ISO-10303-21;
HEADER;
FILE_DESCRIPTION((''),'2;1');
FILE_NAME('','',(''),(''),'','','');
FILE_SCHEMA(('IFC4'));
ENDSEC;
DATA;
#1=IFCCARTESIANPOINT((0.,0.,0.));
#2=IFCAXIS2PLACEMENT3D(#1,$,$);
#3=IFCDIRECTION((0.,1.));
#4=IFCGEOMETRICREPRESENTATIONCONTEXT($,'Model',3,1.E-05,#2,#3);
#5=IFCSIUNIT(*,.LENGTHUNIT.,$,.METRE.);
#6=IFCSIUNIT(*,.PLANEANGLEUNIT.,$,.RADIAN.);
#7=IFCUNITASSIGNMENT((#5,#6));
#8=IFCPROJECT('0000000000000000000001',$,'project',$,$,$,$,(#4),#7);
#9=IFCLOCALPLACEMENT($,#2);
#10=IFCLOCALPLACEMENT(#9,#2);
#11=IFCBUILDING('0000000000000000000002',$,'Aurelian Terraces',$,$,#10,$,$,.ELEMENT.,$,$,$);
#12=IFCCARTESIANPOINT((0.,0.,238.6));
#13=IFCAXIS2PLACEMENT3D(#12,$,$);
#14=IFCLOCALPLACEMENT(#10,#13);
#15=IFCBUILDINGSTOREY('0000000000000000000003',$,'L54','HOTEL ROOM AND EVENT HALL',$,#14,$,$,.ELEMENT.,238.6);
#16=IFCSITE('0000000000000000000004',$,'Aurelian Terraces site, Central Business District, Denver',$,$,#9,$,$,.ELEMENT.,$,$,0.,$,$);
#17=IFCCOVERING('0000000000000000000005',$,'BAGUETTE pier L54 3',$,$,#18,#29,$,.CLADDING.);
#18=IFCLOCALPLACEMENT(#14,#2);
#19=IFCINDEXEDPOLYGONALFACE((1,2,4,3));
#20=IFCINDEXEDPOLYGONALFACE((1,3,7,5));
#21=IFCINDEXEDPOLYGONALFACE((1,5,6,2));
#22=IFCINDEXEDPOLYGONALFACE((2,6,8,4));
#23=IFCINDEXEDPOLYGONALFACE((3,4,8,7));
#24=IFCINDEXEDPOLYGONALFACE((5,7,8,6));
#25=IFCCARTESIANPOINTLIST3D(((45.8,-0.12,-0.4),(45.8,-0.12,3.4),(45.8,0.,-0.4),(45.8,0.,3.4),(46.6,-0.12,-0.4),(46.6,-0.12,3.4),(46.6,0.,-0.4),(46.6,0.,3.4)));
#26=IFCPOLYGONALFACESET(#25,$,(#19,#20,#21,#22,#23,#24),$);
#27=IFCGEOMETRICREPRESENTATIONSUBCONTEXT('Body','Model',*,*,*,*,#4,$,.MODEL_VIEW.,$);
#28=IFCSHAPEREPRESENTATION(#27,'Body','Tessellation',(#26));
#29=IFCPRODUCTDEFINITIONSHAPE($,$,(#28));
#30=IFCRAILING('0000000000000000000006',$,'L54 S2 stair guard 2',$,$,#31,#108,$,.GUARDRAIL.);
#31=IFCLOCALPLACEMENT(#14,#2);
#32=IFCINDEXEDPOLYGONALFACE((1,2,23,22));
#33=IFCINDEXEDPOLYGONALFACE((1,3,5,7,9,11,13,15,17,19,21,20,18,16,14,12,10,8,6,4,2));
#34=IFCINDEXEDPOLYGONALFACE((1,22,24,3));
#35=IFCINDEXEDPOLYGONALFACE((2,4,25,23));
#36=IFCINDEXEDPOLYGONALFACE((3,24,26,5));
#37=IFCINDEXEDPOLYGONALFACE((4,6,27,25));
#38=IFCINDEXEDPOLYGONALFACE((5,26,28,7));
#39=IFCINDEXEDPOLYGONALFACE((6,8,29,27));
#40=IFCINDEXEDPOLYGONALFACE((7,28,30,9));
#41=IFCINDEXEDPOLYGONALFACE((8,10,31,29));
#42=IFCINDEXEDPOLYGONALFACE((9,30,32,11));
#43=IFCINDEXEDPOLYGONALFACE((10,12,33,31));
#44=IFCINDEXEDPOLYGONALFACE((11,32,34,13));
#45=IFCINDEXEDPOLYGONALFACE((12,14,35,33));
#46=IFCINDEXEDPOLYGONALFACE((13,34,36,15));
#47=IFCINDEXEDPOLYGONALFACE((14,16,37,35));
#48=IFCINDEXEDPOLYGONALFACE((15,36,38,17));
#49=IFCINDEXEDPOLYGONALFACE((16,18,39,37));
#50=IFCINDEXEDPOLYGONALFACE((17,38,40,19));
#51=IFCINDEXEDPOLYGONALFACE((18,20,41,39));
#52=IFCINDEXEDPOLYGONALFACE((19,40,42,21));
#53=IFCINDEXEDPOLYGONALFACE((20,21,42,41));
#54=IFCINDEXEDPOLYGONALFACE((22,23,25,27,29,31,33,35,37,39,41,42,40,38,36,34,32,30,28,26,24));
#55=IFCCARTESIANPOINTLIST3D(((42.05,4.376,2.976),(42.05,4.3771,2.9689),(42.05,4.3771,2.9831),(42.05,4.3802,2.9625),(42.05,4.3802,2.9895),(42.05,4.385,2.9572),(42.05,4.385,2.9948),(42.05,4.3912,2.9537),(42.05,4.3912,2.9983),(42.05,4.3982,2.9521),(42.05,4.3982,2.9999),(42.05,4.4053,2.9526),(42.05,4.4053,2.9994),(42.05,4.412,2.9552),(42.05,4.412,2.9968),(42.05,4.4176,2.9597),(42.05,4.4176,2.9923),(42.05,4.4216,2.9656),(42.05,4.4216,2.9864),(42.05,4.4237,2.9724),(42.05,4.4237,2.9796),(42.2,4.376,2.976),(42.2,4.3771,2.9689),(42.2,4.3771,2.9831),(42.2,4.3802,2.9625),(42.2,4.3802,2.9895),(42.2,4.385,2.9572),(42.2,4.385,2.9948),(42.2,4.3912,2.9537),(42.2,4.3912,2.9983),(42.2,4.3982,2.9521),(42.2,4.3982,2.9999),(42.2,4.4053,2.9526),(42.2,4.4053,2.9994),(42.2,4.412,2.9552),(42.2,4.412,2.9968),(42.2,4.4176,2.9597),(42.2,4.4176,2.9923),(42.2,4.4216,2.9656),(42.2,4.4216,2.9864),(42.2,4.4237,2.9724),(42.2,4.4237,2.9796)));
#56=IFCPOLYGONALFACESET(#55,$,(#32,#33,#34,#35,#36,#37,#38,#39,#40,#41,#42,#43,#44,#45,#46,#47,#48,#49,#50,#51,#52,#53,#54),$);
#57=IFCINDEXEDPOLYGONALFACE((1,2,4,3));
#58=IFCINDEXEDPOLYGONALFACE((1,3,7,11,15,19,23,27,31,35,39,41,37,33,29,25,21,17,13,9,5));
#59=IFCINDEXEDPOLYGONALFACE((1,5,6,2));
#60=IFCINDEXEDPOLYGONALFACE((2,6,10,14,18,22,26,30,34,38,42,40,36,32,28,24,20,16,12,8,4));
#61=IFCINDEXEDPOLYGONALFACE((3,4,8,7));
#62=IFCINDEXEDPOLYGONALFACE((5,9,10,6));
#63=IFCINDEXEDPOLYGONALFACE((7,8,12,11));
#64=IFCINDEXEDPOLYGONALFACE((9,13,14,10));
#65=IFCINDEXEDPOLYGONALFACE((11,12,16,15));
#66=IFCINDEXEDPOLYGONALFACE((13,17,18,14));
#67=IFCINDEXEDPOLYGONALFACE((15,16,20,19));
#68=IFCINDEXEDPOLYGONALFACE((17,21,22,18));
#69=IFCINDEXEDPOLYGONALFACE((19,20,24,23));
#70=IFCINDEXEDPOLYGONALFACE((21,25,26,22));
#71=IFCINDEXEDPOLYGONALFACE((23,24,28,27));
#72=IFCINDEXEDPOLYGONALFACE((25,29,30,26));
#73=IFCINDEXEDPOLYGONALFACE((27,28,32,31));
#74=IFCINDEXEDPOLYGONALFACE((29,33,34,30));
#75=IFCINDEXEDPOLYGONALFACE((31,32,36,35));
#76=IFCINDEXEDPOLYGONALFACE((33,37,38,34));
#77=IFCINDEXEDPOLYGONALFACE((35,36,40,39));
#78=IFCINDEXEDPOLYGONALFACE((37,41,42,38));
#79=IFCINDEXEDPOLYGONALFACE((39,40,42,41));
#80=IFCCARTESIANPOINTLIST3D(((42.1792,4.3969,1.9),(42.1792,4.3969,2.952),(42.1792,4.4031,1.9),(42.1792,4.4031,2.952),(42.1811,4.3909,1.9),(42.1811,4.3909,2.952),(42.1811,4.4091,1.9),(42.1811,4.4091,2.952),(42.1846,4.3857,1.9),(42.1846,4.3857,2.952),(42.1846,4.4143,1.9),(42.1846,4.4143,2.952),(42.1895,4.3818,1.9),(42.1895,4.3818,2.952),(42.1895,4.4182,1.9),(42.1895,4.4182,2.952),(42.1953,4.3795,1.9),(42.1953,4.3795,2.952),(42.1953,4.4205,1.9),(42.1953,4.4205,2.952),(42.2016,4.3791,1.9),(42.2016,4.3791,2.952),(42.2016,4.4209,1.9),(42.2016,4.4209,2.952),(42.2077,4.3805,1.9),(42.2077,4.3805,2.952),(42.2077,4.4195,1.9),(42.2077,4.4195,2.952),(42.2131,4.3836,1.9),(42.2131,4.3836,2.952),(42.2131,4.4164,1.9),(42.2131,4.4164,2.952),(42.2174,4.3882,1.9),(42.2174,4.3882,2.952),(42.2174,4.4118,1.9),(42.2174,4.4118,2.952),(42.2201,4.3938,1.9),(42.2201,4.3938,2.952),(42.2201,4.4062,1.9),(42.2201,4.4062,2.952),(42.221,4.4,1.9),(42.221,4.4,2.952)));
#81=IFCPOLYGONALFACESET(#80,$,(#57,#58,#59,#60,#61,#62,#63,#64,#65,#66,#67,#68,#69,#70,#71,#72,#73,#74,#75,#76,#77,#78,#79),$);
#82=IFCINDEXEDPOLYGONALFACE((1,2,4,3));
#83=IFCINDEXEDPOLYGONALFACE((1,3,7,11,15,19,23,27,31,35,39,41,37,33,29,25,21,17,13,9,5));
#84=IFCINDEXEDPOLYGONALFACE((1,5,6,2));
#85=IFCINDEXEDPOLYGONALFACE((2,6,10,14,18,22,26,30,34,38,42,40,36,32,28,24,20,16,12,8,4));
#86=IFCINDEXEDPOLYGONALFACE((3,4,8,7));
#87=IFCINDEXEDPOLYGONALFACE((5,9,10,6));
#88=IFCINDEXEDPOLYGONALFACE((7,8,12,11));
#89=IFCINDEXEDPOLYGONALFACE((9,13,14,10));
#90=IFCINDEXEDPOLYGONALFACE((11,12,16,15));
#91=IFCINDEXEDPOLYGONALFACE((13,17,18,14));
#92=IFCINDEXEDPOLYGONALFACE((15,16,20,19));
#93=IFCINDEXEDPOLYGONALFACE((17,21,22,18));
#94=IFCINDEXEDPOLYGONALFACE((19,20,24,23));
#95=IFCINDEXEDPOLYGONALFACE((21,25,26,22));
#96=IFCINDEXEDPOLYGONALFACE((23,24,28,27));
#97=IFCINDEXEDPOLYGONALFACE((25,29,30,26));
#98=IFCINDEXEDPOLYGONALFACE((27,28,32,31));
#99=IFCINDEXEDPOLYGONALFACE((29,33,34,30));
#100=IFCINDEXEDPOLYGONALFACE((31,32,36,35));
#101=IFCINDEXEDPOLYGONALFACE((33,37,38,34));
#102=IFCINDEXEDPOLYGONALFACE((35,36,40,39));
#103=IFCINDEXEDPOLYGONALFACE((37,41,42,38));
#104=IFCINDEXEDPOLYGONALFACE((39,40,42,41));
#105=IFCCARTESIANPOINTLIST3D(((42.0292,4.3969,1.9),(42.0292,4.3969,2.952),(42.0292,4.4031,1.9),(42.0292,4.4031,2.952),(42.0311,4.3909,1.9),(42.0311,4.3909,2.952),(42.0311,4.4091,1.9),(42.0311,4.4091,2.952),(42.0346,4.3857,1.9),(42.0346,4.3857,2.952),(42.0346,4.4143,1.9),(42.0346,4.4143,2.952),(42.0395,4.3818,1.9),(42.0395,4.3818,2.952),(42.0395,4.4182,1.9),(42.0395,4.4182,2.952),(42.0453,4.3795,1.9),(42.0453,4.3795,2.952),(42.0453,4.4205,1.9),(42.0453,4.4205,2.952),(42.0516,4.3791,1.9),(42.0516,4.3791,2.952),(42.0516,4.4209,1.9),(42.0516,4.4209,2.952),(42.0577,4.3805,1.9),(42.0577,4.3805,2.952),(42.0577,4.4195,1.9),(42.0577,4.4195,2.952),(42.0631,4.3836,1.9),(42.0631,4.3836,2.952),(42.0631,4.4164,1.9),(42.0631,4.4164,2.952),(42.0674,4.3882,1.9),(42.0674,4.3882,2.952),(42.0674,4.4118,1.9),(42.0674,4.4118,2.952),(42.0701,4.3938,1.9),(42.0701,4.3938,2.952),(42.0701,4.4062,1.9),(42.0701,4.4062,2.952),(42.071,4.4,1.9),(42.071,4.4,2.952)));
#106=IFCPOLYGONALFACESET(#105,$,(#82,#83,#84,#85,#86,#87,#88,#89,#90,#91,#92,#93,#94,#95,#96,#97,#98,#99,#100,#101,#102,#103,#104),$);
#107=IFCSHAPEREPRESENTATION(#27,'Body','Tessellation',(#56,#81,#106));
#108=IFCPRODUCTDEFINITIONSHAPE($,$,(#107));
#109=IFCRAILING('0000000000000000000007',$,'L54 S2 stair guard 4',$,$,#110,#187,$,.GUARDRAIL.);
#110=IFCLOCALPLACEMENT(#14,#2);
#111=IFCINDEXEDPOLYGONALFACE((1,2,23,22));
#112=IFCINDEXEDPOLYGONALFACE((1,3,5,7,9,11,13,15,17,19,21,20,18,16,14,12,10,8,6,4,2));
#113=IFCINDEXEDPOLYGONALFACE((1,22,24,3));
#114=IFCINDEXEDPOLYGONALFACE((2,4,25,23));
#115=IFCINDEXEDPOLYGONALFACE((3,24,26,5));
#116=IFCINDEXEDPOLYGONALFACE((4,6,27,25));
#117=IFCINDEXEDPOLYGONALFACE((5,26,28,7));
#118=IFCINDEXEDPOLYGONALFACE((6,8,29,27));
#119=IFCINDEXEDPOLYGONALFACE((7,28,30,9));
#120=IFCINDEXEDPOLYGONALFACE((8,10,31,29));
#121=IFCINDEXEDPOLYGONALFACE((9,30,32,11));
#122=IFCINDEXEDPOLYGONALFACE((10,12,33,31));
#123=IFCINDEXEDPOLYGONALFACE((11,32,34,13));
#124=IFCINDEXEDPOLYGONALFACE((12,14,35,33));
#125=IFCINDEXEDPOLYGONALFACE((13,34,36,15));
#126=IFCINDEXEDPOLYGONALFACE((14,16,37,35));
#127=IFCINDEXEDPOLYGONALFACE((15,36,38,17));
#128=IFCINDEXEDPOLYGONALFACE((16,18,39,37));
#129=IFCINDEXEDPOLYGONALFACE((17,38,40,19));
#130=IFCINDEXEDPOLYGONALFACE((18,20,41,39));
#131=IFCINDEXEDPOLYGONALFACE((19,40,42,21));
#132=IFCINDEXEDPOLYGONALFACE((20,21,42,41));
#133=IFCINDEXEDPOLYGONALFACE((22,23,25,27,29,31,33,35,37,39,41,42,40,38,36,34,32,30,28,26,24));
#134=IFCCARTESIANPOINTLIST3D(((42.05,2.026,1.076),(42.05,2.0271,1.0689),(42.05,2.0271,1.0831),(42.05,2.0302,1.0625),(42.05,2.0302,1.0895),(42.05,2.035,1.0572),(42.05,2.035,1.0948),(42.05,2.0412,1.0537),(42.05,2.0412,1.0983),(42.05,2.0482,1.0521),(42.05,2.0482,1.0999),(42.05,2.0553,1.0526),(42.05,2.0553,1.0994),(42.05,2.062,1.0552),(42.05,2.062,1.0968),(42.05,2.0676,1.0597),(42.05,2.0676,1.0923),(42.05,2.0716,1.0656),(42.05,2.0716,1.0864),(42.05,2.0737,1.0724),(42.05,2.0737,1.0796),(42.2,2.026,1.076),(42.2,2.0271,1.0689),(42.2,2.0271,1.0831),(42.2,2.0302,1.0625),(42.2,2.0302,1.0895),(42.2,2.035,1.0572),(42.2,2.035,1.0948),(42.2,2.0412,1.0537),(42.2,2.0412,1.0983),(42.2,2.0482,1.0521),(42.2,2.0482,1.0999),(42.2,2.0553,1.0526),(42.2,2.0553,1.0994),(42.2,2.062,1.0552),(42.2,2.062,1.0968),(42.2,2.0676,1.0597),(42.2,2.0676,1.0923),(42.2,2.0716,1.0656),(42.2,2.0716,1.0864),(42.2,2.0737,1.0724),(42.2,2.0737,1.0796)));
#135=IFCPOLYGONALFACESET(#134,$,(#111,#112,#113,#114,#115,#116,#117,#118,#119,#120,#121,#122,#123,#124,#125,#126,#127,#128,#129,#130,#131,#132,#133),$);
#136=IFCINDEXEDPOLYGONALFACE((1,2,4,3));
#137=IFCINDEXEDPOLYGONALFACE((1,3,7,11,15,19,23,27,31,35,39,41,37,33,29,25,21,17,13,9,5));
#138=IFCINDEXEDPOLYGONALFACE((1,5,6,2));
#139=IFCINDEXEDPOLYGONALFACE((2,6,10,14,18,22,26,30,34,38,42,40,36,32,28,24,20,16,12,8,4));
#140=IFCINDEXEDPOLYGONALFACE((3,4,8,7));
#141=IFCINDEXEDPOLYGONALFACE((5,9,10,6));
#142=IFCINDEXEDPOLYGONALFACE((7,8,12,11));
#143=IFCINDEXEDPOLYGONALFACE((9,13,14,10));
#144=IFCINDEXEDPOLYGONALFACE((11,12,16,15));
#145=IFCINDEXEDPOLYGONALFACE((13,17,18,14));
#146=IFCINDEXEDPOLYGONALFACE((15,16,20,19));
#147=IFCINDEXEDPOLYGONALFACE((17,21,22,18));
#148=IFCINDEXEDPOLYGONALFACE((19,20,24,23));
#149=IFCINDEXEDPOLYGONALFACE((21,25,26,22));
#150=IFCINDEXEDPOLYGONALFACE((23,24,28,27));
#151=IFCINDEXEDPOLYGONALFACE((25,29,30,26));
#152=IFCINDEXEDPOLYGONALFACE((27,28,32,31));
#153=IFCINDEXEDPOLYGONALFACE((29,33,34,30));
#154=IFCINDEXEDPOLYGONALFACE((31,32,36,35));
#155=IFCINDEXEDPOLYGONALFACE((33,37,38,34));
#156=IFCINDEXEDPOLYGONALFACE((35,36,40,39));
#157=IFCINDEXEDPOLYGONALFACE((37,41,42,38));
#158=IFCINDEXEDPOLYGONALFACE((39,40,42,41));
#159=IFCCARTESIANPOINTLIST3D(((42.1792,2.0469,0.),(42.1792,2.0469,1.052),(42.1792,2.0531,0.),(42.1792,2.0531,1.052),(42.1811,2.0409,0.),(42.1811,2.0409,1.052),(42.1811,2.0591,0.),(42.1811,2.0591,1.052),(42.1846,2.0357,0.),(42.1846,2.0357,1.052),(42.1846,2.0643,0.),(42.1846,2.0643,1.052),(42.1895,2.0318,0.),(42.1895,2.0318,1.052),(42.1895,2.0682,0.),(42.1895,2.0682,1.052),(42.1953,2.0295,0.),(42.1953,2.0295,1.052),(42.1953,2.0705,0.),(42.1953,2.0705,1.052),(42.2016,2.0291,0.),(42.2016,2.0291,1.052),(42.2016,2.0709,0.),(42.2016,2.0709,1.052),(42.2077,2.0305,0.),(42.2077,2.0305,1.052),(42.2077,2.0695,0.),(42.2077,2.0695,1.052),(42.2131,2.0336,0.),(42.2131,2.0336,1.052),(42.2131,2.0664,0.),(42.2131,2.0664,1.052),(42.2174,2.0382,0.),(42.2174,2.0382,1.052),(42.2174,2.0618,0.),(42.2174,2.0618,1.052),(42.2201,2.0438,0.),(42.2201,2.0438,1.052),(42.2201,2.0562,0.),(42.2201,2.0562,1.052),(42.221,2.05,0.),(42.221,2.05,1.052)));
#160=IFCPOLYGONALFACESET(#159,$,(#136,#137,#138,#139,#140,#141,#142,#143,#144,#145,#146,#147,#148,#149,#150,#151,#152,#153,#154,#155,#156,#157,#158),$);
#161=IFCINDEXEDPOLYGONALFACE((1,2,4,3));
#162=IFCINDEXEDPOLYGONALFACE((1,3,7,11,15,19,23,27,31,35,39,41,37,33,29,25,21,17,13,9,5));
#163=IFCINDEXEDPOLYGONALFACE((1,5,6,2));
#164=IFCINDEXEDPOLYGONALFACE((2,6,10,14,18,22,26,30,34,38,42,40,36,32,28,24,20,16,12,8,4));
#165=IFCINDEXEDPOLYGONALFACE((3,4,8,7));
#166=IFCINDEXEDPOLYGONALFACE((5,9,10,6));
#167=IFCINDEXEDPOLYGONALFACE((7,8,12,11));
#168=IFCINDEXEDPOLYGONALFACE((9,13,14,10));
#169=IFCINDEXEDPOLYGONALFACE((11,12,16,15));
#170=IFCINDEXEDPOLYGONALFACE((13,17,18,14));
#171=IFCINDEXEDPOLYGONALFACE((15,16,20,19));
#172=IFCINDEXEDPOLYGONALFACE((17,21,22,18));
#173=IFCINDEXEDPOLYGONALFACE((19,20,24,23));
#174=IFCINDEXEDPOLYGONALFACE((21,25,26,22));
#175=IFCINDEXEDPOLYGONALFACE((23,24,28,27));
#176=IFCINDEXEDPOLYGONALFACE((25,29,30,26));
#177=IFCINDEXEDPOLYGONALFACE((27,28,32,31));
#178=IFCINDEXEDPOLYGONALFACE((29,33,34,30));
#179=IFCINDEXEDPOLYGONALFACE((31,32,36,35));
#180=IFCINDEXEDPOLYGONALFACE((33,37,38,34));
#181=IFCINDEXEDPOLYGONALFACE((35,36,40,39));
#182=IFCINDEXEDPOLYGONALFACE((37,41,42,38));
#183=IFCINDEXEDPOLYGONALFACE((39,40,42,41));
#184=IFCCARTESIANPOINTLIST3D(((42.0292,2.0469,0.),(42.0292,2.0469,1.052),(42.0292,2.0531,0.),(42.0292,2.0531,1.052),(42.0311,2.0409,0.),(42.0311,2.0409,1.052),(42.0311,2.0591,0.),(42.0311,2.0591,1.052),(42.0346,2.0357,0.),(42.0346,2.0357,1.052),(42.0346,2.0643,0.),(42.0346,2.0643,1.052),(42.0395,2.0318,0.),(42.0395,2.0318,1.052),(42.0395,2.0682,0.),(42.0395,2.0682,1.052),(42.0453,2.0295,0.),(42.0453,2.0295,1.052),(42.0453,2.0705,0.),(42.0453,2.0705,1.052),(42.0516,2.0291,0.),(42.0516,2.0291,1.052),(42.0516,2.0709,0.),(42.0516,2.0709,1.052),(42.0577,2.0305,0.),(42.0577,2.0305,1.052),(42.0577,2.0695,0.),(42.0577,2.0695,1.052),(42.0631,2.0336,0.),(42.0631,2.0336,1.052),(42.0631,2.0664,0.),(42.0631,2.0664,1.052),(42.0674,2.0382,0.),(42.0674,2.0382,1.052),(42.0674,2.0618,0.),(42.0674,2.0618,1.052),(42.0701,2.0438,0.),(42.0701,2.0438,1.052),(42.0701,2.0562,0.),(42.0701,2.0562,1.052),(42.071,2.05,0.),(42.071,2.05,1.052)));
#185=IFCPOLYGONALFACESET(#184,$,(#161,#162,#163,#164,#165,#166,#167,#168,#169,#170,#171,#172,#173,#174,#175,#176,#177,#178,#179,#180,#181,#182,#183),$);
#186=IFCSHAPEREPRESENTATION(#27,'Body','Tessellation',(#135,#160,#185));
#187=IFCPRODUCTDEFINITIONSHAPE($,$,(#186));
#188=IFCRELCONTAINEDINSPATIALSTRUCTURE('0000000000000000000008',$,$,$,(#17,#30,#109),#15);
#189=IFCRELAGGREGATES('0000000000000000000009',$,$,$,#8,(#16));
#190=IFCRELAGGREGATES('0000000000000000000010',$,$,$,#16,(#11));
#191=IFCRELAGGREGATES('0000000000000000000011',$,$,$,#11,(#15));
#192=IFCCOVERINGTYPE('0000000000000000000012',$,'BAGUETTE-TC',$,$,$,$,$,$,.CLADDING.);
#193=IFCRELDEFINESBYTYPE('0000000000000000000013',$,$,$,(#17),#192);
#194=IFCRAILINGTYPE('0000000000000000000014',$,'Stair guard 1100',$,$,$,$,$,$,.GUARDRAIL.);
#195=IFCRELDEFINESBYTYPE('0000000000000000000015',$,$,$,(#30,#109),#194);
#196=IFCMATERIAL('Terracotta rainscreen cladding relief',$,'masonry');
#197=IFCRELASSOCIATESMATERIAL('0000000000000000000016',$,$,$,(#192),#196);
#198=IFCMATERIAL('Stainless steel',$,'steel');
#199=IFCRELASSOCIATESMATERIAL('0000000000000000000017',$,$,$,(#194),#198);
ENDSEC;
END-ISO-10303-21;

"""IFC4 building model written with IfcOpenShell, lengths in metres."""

from ifc_helpers import new_model, si_unit, direction, frame, origin, origin_2d, place, context, subcontext, project, spatial, rectangle, circle, extrude, source, transform, mapped, material, type_object, element, save


model = new_model("IFC4")

# Units and contexts
model_context = context("Model", 3, precision=1e-05, world=origin(), true_north=direction((0.0, 1.0)))
body_context = subcontext(model_context, "Body", "Model", "MODEL_VIEW")
ifc_project = project(units=[si_unit("LENGTHUNIT", "METRE"), si_unit("PLANEANGLEUNIT", "RADIAN")], contexts=[model_context])

# Site, building, storey
site_placement = place(None, origin())
site = spatial("IfcSite", under=ifc_project, at=site_placement, Name="Aurelian Terraces site, Central Business District, Denver", CompositionType="ELEMENT", RefElevation=0.0)
building_placement = place(site_placement, origin())
building = spatial("IfcBuilding", under=site, at=building_placement, Name="Aurelian Terraces", CompositionType="ELEMENT")
storey_placement = place(building_placement, frame((0.0, 0.0, 238.6)))
storey = spatial("IfcBuildingStorey", under=building, at=storey_placement, Name="L54", Description="HOTEL ROOM AND EVENT HALL", CompositionType="ELEMENT", Elevation=238.6)

# Covering
ifc_material_1 = material(Name="Terracotta rainscreen cladding relief", Category="masonry")
covering_type = type_object("IfcCoveringType", Name="BAGUETTE-TC", PredefinedType="CLADDING", material=ifc_material_1)
shared_shape_1 = source(origin(), body_context, "Body", "SweptSolid", [
    extrude(rectangle(XDim=0.8, YDim=0.12, at=origin_2d()), origin(), (0.0, 0.0, 1.0), 3.8),
])
covering_placement = place(storey_placement, frame((46.2, -0.06, -0.4), z_axis=(0.0, 0.0, 1.0), x_axis=(1.0, 0.0, 0.0)))
element("IfcCovering", 1, at=covering_placement, inside=storey, type_object=covering_type, Name="BAGUETTE pier L54 3", PredefinedType="CLADDING", context=body_context, shape_type="MappedRepresentation", body=[
    mapped(shared_shape_1, transform((0.0, 0.0, 0.0), scale=1.0)),
])

# Railings
ifc_material_2 = material(Name="Stainless steel", Category="steel")
railing_type_1 = type_object("IfcRailingType", Name="Stair guard 1100", PredefinedType="GUARDRAIL", material=ifc_material_2)
shared_shape_2 = source(origin(), body_context, "Body", "SweptSolid", [
    extrude(circle(Radius=0.024, at=origin_2d()), frame((0.0, 0.0, 1.076), z_axis=(-1.0, 0.0, 0.0), x_axis=(0.0, -1.0, 0.0)), (0.0, 0.0, 1.0), 0.15),
    extrude(circle(Radius=0.021, at=origin_2d()), origin(), (0.0, 0.0, 1.0), 1.052),
    extrude(circle(Radius=0.021, at=origin_2d()), frame((-0.15, 0.0, 0.0)), (0.0, 0.0, 1.0), 1.052),
])
for number, where, name in (
    (2, (42.2, 4.4, 1.9), "L54 S2 stair guard 2"),
    (3, (42.2, 2.05, 0.0), "L54 S2 stair guard 4"),
):
    element("IfcRailing", number, at=place(storey_placement, frame(where)), inside=storey, type_object=railing_type_1, Name=name, PredefinedType="GUARDRAIL", context=body_context, shape_type="MappedRepresentation", body=[
        mapped(shared_shape_2, transform((0.0, 0.0, 0.0), scale=1.0)),
    ])

save(model, "model.ifc")
